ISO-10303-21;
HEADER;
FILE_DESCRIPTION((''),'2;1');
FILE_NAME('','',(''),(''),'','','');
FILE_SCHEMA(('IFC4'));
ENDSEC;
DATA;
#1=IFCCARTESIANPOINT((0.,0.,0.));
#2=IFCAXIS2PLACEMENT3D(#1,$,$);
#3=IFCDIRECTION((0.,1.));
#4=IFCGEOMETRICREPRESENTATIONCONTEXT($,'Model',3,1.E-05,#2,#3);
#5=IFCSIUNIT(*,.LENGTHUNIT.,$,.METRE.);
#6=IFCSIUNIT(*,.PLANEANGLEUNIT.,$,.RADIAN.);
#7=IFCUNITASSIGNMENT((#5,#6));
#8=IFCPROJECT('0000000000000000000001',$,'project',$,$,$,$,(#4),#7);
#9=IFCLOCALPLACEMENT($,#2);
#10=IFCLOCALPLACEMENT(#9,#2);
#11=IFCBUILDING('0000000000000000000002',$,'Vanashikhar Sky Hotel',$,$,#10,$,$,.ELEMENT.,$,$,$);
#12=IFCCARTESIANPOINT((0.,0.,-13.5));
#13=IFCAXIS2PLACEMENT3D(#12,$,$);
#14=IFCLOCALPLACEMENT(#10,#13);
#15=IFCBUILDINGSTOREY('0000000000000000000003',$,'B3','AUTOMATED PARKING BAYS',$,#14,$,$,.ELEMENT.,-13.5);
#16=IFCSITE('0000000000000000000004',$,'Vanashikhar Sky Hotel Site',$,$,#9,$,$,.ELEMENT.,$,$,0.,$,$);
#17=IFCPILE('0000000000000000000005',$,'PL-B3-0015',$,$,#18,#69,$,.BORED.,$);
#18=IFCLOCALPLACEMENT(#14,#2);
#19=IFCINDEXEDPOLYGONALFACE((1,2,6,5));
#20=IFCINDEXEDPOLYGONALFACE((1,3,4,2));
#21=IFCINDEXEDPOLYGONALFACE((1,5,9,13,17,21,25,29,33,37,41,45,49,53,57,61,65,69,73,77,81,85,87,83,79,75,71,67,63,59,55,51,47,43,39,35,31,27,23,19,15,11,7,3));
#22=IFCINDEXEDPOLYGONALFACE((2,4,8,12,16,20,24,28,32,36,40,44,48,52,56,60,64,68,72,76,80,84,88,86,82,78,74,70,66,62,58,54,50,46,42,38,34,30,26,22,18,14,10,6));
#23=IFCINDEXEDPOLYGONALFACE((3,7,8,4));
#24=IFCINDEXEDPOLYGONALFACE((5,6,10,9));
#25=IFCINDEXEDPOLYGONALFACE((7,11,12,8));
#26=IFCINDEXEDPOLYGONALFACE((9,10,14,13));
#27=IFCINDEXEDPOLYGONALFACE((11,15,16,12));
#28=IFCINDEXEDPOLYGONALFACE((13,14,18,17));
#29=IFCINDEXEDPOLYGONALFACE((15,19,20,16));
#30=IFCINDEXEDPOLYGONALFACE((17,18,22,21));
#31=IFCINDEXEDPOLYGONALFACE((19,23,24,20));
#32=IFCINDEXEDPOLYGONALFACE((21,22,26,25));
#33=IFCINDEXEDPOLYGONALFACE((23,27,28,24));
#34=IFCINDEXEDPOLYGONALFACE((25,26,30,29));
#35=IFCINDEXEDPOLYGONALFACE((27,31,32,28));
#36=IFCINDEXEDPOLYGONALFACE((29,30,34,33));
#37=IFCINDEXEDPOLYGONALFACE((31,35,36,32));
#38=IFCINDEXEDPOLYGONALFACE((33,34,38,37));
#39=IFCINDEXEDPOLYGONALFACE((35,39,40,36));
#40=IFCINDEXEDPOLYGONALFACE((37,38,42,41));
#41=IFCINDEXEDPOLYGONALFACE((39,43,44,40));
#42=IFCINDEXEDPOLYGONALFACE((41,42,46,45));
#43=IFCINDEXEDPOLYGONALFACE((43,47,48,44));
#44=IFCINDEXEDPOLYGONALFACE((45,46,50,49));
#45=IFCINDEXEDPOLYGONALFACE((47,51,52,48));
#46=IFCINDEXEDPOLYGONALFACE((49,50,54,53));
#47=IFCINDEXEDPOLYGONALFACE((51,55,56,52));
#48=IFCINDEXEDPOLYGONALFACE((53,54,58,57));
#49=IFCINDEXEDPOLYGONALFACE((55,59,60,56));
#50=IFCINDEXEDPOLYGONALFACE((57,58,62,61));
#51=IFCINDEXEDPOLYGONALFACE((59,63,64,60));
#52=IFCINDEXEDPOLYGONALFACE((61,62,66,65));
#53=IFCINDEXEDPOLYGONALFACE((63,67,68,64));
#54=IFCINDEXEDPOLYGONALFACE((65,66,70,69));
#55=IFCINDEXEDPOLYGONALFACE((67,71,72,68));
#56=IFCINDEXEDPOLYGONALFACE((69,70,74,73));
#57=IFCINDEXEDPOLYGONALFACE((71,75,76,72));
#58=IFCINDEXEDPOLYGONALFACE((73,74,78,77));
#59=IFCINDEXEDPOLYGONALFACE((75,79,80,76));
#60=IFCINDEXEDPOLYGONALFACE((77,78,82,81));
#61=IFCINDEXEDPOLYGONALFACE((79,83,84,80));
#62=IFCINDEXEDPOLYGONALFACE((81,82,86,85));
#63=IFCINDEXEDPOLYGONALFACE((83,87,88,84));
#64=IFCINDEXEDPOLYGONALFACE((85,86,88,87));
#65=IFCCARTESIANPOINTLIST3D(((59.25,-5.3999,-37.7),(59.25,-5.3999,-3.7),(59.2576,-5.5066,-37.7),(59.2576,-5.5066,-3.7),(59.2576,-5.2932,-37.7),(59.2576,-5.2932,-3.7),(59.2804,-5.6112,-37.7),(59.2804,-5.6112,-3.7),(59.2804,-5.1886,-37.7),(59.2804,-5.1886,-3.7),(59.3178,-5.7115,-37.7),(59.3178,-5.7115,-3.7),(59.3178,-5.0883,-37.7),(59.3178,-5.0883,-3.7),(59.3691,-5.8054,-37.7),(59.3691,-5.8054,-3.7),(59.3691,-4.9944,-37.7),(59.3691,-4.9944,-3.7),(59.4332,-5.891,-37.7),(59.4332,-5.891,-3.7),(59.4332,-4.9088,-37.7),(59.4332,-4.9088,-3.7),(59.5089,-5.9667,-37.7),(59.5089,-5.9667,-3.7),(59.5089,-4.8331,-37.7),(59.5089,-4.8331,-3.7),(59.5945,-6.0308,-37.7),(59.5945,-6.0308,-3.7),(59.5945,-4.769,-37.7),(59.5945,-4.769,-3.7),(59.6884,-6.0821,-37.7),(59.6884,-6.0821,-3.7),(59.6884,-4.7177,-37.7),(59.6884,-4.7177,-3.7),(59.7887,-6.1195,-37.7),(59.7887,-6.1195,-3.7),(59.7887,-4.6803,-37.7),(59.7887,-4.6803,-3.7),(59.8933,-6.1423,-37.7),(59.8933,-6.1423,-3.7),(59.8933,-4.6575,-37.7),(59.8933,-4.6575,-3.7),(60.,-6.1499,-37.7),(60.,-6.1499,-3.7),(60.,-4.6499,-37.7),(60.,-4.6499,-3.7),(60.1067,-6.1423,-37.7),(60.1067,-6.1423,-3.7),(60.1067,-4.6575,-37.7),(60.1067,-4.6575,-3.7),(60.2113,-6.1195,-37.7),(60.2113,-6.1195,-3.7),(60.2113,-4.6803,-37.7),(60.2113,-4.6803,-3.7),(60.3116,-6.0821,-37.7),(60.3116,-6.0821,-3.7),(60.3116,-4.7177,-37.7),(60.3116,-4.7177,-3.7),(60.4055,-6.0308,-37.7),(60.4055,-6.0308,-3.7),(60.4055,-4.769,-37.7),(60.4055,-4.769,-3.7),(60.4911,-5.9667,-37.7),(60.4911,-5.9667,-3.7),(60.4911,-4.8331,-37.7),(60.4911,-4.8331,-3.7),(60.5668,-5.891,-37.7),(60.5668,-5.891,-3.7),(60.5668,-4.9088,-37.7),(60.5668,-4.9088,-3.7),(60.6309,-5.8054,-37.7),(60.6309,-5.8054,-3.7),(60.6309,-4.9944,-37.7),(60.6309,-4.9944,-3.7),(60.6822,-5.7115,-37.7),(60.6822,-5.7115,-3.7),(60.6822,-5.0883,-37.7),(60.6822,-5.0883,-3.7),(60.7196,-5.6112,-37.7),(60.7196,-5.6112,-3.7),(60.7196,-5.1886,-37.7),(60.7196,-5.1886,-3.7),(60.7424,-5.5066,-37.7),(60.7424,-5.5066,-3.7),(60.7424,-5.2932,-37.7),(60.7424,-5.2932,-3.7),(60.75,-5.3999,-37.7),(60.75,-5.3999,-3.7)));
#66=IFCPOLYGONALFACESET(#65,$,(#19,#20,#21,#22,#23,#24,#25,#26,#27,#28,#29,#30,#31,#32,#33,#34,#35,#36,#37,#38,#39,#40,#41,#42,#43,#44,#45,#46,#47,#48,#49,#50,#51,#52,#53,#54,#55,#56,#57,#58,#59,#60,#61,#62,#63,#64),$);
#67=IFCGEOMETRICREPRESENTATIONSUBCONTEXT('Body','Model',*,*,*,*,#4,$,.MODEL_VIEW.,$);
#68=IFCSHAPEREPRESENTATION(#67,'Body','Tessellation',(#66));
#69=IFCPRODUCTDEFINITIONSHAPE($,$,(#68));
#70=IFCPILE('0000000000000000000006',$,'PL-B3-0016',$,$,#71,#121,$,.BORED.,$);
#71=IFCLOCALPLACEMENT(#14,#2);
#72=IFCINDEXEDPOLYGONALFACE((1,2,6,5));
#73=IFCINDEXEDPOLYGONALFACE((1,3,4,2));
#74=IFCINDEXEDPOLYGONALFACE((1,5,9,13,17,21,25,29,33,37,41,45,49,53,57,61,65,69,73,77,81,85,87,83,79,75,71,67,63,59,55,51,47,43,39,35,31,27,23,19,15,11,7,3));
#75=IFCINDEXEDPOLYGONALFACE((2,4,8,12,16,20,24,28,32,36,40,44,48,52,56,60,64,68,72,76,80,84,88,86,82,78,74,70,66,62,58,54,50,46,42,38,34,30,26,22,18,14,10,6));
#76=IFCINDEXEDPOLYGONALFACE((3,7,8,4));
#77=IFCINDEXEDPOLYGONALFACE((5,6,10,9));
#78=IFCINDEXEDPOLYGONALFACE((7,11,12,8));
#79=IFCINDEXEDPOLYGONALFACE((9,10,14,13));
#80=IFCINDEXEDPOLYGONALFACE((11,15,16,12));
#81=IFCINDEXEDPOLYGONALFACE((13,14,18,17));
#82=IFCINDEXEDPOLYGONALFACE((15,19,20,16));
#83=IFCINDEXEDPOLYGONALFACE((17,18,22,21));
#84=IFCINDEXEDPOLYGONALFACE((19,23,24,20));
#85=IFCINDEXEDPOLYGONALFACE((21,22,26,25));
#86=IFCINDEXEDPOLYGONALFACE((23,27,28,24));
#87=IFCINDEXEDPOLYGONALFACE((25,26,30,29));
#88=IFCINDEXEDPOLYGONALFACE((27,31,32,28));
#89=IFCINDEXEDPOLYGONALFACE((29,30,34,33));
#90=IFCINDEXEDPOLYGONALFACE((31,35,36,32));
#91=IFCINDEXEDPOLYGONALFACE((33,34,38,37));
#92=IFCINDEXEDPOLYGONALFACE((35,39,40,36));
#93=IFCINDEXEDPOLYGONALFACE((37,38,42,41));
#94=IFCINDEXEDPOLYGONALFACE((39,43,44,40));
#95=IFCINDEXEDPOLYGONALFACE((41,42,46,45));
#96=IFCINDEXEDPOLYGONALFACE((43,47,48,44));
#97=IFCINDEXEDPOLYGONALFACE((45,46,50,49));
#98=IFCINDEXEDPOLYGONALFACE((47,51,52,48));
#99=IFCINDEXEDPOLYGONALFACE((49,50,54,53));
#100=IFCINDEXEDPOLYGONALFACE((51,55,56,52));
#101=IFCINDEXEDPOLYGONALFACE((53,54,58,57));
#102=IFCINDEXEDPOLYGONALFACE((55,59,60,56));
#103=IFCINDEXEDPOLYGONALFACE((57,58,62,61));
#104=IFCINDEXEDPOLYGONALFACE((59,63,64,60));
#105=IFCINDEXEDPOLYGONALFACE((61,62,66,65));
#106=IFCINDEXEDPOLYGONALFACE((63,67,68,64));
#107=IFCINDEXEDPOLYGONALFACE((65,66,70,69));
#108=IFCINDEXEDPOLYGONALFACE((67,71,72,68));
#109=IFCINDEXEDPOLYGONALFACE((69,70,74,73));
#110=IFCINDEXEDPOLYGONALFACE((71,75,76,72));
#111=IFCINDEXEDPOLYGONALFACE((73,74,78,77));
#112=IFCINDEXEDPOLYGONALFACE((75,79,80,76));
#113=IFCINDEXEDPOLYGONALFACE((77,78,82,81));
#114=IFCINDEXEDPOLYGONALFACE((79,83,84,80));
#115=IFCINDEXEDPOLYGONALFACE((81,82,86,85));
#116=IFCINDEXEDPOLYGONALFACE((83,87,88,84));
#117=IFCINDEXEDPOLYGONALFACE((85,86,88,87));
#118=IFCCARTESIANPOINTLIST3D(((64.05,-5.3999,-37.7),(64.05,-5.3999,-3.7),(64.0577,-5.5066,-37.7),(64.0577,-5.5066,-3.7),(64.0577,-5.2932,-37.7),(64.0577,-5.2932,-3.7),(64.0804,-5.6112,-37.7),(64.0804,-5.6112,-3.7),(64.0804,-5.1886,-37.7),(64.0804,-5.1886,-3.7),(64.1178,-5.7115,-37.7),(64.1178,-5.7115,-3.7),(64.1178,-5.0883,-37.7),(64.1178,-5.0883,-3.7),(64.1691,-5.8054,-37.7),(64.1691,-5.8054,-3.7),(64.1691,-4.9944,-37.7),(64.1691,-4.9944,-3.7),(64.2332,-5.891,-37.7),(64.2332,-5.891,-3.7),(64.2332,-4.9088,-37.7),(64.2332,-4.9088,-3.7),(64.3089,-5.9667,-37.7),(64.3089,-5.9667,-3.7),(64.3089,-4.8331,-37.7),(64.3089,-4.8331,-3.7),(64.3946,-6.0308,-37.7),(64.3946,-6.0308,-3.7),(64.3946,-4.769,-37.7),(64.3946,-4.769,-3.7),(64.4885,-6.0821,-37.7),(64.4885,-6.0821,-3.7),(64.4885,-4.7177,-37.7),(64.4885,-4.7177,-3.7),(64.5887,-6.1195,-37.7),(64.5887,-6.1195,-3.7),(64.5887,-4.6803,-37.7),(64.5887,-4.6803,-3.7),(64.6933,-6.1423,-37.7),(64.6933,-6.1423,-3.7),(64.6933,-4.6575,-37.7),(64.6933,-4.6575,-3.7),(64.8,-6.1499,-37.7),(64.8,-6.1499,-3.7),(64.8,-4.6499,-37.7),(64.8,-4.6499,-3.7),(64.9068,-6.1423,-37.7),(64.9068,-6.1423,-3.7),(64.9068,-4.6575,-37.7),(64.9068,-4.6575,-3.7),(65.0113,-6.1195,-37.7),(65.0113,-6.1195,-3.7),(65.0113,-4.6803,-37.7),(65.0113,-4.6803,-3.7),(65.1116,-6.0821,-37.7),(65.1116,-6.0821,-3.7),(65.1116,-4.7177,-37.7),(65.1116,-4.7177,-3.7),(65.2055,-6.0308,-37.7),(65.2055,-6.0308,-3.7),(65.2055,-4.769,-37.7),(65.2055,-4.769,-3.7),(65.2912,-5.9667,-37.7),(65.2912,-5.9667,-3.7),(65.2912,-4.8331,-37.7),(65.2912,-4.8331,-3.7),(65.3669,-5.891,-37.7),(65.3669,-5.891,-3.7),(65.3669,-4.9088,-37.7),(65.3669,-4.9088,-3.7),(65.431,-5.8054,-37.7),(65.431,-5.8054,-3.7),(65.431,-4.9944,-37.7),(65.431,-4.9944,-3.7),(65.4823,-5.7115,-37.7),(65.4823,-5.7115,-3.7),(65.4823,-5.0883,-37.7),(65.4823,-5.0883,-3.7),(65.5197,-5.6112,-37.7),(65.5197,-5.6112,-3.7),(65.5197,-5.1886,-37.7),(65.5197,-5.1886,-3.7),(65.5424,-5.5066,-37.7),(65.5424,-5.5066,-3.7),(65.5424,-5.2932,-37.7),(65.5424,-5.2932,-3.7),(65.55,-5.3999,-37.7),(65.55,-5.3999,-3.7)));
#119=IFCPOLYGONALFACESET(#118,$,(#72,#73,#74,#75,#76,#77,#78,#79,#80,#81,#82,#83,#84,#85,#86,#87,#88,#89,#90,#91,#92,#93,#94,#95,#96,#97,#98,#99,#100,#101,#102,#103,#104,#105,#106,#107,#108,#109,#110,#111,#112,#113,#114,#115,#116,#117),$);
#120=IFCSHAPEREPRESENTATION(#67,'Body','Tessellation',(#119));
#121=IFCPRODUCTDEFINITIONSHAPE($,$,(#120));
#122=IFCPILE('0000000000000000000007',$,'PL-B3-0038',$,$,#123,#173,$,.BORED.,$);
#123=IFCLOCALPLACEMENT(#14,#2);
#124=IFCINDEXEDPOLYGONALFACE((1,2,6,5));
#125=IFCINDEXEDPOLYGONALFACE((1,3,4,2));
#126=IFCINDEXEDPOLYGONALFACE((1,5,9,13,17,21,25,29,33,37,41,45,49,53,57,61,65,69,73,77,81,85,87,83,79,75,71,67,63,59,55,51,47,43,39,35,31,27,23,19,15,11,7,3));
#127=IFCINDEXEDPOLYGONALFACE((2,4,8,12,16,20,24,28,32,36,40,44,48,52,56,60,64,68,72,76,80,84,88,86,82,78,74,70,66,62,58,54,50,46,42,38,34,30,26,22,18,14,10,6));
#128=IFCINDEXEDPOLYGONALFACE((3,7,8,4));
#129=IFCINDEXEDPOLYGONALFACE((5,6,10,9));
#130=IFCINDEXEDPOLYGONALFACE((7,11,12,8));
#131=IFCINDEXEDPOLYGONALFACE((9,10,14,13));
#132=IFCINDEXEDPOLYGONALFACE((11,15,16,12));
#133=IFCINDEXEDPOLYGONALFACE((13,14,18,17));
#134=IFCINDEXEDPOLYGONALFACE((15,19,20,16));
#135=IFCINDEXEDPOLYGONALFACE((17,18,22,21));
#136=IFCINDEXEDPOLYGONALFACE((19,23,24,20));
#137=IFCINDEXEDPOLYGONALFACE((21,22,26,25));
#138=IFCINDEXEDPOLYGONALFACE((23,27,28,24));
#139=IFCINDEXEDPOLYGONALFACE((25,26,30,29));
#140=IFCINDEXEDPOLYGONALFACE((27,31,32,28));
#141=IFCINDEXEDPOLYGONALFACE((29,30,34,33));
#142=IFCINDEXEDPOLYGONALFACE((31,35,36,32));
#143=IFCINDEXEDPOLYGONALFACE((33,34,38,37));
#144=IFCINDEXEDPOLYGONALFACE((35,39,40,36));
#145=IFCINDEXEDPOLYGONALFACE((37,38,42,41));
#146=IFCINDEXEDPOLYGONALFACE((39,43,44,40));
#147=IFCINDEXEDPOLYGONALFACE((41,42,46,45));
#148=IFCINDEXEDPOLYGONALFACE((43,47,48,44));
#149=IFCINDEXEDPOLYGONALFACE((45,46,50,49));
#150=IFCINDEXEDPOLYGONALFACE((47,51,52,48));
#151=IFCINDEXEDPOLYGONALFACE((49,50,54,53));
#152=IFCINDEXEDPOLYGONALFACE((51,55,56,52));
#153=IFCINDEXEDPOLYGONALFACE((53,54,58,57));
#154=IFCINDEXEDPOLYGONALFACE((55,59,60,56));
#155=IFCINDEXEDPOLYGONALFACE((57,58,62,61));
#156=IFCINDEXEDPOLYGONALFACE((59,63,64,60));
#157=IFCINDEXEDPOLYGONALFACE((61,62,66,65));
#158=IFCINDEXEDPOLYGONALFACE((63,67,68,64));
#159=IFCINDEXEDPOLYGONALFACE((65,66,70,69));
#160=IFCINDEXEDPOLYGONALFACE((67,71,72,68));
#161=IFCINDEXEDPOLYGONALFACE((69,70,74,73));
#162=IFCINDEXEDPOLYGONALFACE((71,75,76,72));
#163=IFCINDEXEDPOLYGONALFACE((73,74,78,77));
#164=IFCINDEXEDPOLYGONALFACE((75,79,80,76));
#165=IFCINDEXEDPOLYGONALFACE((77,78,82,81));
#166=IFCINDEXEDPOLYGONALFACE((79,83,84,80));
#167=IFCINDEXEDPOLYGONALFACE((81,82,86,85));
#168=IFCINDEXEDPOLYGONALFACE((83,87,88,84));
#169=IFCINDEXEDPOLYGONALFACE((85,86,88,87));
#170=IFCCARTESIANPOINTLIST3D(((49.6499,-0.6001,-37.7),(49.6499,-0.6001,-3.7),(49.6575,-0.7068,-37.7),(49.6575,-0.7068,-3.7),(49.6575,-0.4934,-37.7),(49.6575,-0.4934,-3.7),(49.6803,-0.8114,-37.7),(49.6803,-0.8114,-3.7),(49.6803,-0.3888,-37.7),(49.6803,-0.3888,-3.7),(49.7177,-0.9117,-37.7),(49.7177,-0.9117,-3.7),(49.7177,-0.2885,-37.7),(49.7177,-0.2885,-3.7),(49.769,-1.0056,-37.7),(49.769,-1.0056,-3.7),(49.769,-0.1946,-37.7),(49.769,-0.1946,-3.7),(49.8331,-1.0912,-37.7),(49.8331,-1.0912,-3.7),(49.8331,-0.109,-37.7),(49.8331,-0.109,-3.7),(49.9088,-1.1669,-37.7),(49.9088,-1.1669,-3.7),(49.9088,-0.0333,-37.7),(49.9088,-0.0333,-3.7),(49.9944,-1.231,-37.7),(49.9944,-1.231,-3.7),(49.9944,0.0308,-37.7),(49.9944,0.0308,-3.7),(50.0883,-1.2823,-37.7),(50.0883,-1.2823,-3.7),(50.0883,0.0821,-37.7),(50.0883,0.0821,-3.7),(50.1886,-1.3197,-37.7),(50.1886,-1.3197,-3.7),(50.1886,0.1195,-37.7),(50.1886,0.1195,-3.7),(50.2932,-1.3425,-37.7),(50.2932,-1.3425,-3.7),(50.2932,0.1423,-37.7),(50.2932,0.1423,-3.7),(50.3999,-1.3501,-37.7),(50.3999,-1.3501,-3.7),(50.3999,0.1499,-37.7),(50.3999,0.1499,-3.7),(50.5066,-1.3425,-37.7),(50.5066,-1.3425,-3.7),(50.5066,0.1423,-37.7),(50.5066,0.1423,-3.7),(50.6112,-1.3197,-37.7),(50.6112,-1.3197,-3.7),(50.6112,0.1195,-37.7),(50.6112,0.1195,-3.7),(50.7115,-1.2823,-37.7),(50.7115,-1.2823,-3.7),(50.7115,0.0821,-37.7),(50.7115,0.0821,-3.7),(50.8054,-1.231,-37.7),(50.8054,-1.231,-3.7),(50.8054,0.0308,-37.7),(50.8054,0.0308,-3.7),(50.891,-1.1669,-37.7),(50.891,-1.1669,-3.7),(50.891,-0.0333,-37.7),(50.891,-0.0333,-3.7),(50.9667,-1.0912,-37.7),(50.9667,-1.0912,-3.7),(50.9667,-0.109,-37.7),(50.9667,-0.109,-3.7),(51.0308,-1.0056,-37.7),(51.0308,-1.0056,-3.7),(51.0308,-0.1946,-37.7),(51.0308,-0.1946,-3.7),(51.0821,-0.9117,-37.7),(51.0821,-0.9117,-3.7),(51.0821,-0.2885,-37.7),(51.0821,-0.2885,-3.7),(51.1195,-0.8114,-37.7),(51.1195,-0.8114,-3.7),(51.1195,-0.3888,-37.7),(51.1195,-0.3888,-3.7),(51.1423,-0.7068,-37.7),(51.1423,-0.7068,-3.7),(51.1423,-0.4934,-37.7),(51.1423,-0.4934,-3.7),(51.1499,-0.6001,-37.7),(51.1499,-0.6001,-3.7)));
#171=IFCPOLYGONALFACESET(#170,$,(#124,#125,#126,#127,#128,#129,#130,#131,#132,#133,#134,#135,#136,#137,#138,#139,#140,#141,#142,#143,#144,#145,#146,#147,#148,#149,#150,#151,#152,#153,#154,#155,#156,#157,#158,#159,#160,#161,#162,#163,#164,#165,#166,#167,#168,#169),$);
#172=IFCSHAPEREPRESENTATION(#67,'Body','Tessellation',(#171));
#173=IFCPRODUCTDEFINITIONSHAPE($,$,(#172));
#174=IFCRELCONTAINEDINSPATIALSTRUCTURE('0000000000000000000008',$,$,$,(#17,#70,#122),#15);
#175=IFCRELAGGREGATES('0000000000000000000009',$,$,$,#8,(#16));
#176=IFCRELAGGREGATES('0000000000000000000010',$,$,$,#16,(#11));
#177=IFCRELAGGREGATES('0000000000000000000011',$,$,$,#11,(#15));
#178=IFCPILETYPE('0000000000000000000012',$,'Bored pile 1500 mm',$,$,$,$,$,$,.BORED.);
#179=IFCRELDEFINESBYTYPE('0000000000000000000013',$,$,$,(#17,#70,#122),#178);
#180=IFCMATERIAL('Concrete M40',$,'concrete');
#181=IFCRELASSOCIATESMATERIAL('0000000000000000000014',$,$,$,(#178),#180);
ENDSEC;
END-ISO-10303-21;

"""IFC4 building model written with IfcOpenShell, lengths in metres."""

from ifc_helpers import new_model, si_unit, direction, frame, origin, origin_2d, place, context, subcontext, project, spatial, circle, extrude, source, transform, mapped, material, type_object, element, save


model = new_model("IFC4")

# Units and contexts
model_context = context("Model", 3, precision=1e-05, world=origin(), true_north=direction((0.0, 1.0)))
body_context = subcontext(model_context, "Body", "Model", "MODEL_VIEW")
ifc_project = project(units=[si_unit("LENGTHUNIT", "METRE"), si_unit("PLANEANGLEUNIT", "RADIAN")], contexts=[model_context])

# Site, building, storey
site_placement = place(None, origin())
site = spatial("IfcSite", under=ifc_project, at=site_placement, Name="Vanashikhar Sky Hotel Site", CompositionType="ELEMENT", RefElevation=0.0)
building_placement = place(site_placement, origin())
building = spatial("IfcBuilding", under=site, at=building_placement, Name="Vanashikhar Sky Hotel", CompositionType="ELEMENT")
storey_placement = place(building_placement, frame((0.0, 0.0, -13.5)))
storey = spatial("IfcBuildingStorey", under=building, at=storey_placement, Name="B3", Description="AUTOMATED PARKING BAYS", CompositionType="ELEMENT", Elevation=-13.5)

# Piles
ifc_material_1 = material(Name="Concrete M40", Category="concrete")
pile_type = type_object("IfcPileType", Name="Bored pile 1500 mm", PredefinedType="BORED", material=ifc_material_1)
shared_shape_1 = source(origin(), body_context, "Body", "SweptSolid", [
    extrude(circle(Radius=0.75, at=origin_2d()), origin(), (0.0, 0.0, 1.0), 34.0),
])
for number, where, z_axis, x_axis, name in (
    (1, (60.0, -5.3999, -3.7), (0.0, 0.0, -1.0), (1.0, 0.0, 0.0), "PL-B3-0015"),
    (2, (64.8, -5.3999, -3.7), (0.0, 0.0, -1.0), (1.0, 0.0, 0.0), "PL-B3-0016"),
    (3, (50.3999, -0.6001, -3.7), (0.0, 0.0, -1.0), (1.0, 0.0, 0.0), "PL-B3-0038"),
):
    element("IfcPile", number, at=place(storey_placement, frame(where, z_axis=z_axis, x_axis=x_axis)), inside=storey, type_object=pile_type, Name=name, PredefinedType="BORED", context=body_context, shape_type="MappedRepresentation", body=[
        mapped(shared_shape_1, transform((0.0, 0.0, 0.0), scale=1.0)),
    ])

save(model, "model.ifc")
